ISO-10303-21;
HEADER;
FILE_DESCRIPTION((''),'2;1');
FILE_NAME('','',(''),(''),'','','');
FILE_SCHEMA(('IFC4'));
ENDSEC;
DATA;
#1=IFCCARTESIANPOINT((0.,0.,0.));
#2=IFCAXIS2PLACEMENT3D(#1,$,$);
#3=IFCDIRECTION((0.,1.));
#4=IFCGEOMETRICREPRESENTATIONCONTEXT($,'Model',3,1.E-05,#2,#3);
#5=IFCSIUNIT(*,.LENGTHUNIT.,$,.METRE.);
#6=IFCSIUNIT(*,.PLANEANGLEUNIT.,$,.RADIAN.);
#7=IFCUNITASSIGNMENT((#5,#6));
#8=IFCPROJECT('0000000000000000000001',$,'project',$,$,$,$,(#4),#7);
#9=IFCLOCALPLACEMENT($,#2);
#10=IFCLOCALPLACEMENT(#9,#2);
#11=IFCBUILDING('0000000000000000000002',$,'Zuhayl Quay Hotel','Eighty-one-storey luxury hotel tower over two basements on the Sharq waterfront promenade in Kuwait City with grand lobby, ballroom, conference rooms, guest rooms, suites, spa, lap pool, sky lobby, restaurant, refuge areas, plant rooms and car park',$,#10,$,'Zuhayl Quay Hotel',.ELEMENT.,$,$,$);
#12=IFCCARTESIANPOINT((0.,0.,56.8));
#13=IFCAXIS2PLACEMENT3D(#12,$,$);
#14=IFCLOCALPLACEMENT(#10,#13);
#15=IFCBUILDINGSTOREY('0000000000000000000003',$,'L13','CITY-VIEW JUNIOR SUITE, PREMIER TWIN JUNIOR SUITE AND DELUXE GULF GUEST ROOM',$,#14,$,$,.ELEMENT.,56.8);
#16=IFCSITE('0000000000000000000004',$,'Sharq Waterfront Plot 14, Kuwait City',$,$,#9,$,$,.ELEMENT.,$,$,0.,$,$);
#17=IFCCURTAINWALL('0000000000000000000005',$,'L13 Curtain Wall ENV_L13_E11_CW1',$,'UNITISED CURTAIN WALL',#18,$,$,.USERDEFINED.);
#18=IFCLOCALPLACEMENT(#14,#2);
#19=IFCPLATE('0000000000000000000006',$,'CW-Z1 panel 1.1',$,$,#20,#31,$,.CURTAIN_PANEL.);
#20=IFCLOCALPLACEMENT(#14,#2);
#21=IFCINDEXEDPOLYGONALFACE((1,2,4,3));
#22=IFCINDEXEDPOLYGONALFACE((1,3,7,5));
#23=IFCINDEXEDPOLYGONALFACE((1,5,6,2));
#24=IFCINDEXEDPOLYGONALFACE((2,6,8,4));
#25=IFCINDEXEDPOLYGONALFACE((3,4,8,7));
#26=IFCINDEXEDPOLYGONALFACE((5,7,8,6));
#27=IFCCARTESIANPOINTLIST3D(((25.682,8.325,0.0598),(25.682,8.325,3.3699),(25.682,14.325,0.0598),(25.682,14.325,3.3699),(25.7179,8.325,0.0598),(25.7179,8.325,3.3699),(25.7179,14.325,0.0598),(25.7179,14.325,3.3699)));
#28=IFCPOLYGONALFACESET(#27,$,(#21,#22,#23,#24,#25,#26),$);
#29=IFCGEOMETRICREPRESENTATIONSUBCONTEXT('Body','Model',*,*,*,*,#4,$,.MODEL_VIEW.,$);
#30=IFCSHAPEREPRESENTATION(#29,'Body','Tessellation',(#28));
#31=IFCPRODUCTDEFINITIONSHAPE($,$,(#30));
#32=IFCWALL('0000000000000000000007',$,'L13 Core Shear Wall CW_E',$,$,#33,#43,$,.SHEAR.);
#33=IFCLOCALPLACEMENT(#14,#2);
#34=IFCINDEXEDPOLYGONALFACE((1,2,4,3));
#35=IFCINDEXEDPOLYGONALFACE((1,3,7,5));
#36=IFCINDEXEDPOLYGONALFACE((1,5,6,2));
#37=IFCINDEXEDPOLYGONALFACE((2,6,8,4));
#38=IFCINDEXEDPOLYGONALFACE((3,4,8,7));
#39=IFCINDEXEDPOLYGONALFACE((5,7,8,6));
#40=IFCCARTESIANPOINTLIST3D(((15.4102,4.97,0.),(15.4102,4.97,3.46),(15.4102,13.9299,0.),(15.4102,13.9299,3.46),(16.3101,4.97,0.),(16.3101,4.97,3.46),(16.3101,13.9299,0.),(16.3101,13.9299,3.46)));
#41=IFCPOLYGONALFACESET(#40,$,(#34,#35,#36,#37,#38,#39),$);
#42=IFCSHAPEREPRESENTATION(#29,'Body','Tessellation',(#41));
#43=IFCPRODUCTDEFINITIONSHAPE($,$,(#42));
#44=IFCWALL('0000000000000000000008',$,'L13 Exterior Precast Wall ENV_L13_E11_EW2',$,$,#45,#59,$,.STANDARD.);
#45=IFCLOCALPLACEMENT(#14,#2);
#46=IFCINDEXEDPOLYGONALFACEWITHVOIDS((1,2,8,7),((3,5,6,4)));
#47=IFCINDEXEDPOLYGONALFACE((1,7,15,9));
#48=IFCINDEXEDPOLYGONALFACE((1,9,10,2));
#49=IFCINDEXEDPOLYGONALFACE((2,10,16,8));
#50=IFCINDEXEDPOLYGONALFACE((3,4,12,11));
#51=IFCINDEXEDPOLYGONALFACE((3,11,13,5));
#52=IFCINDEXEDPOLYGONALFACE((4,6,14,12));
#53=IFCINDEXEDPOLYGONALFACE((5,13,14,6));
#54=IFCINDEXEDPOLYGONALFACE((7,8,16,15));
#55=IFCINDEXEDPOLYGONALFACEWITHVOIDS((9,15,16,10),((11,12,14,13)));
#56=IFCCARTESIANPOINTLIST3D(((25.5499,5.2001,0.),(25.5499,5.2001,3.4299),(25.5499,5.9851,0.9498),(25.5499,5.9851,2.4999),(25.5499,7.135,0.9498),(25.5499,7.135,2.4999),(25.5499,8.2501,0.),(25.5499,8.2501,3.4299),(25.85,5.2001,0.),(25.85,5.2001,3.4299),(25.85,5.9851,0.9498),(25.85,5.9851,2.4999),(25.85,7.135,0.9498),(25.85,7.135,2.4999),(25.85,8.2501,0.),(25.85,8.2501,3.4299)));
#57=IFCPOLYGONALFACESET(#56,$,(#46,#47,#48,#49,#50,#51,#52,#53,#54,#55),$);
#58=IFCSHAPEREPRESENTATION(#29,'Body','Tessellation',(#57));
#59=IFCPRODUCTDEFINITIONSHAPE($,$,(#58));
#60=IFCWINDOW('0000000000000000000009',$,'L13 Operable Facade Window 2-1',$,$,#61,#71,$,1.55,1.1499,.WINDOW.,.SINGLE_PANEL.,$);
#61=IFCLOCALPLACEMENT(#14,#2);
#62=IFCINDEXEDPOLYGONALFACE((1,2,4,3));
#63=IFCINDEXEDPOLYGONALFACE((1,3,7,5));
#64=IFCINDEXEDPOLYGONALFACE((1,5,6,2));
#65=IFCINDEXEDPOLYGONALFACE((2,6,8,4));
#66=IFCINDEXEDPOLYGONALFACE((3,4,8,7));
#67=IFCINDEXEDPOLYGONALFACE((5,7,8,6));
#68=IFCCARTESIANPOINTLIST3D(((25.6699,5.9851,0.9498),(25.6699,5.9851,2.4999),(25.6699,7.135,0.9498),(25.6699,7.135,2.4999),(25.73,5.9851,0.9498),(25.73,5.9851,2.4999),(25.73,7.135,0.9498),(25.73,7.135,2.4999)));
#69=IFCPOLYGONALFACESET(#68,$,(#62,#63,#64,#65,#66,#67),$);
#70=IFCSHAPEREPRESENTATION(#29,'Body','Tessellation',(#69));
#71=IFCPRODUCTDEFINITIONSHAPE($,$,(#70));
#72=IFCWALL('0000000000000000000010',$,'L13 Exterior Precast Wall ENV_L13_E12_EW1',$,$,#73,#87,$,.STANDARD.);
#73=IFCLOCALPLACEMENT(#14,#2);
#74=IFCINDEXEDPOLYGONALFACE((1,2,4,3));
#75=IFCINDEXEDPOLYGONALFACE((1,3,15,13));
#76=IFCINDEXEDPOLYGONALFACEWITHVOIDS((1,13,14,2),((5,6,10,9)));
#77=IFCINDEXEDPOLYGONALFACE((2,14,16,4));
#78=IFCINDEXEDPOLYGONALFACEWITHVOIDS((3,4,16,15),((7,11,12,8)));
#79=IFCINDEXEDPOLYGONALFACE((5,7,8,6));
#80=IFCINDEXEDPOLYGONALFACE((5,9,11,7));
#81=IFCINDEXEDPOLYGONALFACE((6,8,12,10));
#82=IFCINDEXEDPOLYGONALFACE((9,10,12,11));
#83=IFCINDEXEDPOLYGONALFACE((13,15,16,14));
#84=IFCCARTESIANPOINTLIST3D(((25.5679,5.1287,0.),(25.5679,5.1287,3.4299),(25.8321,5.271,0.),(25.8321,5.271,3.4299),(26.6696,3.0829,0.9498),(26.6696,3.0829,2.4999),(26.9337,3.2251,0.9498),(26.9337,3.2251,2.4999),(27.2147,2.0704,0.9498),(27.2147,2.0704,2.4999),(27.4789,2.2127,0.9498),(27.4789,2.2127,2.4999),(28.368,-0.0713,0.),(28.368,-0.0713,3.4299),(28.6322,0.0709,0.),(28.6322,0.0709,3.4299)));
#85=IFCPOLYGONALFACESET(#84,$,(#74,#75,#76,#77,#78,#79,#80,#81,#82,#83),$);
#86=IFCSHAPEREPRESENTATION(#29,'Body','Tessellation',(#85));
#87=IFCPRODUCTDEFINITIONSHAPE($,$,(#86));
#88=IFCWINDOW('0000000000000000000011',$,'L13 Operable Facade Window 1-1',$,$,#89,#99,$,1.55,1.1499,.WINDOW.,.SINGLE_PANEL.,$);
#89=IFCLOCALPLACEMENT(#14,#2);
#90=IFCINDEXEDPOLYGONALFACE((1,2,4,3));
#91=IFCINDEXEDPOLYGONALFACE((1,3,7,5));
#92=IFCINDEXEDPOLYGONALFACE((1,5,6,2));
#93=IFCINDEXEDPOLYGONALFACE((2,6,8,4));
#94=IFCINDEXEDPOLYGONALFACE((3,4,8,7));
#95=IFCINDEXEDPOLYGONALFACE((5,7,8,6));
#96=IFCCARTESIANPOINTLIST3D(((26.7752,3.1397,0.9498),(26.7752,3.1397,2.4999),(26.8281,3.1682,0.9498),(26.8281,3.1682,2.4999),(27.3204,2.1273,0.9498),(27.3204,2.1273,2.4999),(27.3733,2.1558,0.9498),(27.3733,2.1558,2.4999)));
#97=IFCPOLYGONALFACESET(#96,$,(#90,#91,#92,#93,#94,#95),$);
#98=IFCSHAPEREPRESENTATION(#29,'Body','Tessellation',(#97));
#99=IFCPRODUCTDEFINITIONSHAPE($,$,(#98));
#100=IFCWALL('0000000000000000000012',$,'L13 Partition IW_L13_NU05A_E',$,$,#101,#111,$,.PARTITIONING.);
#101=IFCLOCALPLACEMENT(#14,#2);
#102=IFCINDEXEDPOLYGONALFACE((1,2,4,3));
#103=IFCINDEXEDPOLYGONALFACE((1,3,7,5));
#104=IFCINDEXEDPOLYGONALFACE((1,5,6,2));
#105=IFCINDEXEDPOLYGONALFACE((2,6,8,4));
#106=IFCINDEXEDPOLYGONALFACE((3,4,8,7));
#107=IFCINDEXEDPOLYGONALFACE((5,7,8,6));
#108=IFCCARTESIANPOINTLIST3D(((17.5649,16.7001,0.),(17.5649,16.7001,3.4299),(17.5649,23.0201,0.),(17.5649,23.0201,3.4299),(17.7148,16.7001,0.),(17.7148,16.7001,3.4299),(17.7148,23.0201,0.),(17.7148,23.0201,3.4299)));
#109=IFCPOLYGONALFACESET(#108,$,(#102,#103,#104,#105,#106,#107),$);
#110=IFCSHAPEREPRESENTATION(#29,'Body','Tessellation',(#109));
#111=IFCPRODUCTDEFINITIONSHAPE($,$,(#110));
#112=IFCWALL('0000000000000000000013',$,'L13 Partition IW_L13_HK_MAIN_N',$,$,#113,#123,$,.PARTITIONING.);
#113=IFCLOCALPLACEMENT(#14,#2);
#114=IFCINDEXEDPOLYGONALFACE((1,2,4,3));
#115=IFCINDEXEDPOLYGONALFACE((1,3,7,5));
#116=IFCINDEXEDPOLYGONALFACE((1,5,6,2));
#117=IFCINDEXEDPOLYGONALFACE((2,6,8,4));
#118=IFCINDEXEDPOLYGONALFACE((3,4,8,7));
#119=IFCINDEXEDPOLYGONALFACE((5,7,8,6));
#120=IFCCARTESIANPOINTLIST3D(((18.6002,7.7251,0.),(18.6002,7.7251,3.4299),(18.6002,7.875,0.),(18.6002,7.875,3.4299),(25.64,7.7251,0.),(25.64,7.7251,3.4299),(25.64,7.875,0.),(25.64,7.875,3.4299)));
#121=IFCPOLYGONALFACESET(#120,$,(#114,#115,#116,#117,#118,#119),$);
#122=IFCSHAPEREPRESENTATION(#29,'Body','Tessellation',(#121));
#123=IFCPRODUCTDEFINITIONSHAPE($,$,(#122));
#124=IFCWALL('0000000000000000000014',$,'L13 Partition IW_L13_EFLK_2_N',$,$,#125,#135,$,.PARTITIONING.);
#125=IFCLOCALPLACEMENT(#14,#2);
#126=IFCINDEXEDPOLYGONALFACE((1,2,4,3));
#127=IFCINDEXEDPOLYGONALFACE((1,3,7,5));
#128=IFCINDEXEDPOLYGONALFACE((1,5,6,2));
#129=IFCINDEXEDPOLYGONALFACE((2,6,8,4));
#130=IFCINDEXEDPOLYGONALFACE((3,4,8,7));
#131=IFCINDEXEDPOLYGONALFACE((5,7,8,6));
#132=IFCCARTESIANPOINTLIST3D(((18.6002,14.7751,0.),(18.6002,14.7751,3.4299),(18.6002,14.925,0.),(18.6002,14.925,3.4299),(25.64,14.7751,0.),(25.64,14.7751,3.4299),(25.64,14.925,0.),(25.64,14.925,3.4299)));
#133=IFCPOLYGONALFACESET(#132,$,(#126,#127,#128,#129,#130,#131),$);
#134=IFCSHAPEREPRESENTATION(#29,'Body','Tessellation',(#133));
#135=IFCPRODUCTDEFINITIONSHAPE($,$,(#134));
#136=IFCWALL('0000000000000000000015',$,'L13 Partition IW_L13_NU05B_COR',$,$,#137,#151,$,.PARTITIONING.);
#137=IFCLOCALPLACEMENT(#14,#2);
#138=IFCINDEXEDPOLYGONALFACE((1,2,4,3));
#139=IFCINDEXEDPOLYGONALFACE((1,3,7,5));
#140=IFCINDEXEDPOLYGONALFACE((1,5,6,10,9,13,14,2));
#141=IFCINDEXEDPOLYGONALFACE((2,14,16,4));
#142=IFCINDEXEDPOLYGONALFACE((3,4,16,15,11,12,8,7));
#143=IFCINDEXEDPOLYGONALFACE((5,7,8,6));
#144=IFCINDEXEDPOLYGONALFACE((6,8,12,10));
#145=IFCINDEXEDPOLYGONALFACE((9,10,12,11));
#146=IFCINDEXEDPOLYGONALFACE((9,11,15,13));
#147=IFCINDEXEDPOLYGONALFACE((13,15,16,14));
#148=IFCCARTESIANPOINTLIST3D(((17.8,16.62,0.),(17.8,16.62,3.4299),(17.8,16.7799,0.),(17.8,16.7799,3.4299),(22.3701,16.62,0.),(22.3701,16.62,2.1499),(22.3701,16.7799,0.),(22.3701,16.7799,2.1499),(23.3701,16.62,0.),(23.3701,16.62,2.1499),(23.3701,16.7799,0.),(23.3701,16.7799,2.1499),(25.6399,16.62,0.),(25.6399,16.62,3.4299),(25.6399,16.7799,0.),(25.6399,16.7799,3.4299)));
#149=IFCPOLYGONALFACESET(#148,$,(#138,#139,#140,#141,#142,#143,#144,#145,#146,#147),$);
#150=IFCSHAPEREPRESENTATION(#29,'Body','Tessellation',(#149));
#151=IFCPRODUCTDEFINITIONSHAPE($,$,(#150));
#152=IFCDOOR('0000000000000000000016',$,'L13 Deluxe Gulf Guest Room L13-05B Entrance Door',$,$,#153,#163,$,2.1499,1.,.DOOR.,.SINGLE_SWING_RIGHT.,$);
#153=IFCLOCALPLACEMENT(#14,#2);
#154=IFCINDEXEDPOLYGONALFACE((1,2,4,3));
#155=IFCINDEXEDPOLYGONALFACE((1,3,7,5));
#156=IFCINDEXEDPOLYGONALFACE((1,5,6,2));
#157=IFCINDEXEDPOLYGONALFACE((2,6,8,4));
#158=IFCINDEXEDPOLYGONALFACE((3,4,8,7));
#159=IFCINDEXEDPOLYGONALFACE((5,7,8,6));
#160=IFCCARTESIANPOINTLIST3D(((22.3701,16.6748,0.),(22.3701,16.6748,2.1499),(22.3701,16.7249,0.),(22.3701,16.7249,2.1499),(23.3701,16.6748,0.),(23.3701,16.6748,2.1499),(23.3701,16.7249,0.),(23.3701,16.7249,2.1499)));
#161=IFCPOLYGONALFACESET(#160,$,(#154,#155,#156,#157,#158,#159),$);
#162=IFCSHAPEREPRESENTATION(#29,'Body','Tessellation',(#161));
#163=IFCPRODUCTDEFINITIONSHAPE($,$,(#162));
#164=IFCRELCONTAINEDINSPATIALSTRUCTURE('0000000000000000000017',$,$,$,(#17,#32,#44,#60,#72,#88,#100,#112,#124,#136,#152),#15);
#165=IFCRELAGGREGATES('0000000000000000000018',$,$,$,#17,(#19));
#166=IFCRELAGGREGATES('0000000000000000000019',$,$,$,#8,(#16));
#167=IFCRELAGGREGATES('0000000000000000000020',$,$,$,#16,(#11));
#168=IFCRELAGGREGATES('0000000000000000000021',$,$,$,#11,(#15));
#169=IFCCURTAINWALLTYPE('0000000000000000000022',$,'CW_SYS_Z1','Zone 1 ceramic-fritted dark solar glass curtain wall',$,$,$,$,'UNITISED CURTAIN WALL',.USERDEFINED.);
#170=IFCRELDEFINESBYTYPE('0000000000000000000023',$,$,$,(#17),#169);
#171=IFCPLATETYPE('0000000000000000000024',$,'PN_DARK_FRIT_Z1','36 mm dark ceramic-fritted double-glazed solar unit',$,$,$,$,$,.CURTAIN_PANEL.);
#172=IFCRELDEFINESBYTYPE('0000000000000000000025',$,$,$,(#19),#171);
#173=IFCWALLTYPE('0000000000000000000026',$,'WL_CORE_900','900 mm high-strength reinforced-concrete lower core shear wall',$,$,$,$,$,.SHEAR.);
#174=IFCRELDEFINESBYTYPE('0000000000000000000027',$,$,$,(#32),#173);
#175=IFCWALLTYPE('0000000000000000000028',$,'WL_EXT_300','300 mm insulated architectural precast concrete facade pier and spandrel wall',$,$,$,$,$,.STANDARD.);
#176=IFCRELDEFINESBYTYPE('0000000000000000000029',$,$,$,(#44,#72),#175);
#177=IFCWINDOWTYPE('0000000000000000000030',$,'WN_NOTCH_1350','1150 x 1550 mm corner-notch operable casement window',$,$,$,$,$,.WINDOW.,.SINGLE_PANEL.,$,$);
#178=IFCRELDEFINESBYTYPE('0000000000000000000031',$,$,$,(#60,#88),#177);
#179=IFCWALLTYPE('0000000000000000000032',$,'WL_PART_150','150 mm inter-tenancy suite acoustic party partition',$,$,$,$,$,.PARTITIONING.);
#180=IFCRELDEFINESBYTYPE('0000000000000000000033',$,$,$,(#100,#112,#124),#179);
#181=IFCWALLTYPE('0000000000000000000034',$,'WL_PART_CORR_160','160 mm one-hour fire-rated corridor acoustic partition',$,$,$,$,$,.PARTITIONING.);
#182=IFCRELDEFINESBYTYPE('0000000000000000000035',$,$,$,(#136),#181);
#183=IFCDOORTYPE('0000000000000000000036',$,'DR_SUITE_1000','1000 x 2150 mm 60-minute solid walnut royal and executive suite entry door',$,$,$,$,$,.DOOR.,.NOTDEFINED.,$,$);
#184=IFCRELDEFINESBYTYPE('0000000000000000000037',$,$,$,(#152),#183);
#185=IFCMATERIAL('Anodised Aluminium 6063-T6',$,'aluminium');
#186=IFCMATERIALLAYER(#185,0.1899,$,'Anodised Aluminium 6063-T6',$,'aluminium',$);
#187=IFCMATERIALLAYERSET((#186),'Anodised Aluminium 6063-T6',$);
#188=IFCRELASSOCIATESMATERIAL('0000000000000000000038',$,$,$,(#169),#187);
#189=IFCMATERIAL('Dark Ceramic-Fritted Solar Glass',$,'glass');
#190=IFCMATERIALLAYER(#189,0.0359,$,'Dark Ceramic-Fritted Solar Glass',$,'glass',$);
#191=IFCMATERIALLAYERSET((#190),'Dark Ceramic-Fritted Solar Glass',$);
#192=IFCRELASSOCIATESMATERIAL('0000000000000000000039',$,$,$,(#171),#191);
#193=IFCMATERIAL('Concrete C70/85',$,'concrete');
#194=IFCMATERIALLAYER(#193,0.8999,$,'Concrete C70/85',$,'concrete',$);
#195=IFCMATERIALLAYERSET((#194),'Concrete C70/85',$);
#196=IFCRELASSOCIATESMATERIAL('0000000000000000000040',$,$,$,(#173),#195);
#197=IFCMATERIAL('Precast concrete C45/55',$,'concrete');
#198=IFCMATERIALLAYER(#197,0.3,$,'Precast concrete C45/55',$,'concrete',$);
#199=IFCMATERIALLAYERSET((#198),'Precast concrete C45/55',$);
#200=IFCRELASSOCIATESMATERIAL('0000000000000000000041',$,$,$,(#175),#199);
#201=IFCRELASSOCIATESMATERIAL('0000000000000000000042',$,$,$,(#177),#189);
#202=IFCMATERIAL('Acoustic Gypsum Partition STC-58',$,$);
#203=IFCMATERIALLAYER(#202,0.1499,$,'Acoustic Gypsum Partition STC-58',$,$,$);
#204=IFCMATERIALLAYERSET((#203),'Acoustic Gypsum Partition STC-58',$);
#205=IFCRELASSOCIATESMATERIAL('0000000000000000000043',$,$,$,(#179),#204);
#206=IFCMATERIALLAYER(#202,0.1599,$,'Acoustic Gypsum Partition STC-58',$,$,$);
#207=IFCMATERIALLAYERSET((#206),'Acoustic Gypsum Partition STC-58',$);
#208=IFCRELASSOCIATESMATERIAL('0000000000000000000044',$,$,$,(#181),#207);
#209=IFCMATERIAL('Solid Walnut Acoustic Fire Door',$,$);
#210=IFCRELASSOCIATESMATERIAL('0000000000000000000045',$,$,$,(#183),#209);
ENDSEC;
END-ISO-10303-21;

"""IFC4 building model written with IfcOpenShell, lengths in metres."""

from ifc_helpers import new_model, si_unit, direction, frame, frame_2d, origin, origin_2d, place, context, subcontext, project, spatial, rectangle, extrude, material, layer, layer_set, type_object, element, fill, aggregate, save


model = new_model("IFC4")

# Units and contexts
model_context = context("Model", 3, precision=1e-05, world=origin(), true_north=direction((0.0, 1.0)))
body_context = subcontext(model_context, "Body", "Model", "MODEL_VIEW")
ifc_project = project(units=[si_unit("LENGTHUNIT", "METRE"), si_unit("PLANEANGLEUNIT", "RADIAN")], contexts=[model_context])

# Site, building, storey
site_placement = place(None, origin())
site = spatial("IfcSite", under=ifc_project, at=site_placement, Name="Sharq Waterfront Plot 14, Kuwait City", CompositionType="ELEMENT", RefElevation=0.0)
building_placement = place(site_placement, origin())
building = spatial("IfcBuilding", under=site, at=building_placement, Name="Zuhayl Quay Hotel", Description="Eighty-one-storey luxury hotel tower over two basements on the Sharq waterfront promenade in Kuwait City with grand lobby, ballroom, conference rooms, guest rooms, suites, spa, lap pool, sky lobby, restaurant, refuge areas, plant rooms and car park", LongName="Zuhayl Quay Hotel", CompositionType="ELEMENT")
storey_placement = place(building_placement, frame((0.0, 0.0, 56.8)))
storey = spatial("IfcBuildingStorey", under=building, at=storey_placement, Name="L13", Description="CITY-VIEW JUNIOR SUITE, PREMIER TWIN JUNIOR SUITE AND DELUXE GULF GUEST ROOM", CompositionType="ELEMENT", Elevation=56.8)

# Shared definitions
ifc_material_1 = material(Name="Concrete C70/85", Category="concrete")

# Curtain wall, plate
ifc_material_2 = material(Name="Anodised Aluminium 6063-T6", Category="aluminium")
ifc_layer_1 = layer(ifc_material_2, 0.1899, Name="Anodised Aluminium 6063-T6", Category="aluminium")
ifc_layer_set_1 = layer_set([ifc_layer_1], Name="Anodised Aluminium 6063-T6")
curtain_wall_type = type_object("IfcCurtainWallType", Name="CW_SYS_Z1", Description="Zone 1 ceramic-fritted dark solar glass curtain wall", ElementType="UNITISED CURTAIN WALL", PredefinedType="USERDEFINED", material=ifc_layer_set_1)
curtain_wall_placement = place(storey_placement, origin())
curtain_wall = element("IfcCurtainWall", 1, at=curtain_wall_placement, inside=storey, type_object=curtain_wall_type, Name="L13 Curtain Wall ENV_L13_E11_CW1", ObjectType="UNITISED CURTAIN WALL", PredefinedType="USERDEFINED")
ifc_material_3 = material(Name="Dark Ceramic-Fritted Solar Glass", Category="glass")
ifc_layer_2 = layer(ifc_material_3, 0.0359, Name="Dark Ceramic-Fritted Solar Glass", Category="glass")
ifc_layer_set_2 = layer_set([ifc_layer_2], Name="Dark Ceramic-Fritted Solar Glass")
plate_type = type_object("IfcPlateType", Name="PN_DARK_FRIT_Z1", Description="36 mm dark ceramic-fritted double-glazed solar unit", PredefinedType="CURTAIN_PANEL", material=ifc_layer_set_2)
plate_placement = place(storey_placement, frame((25.7, 11.325, 0.0598), z_axis=(0.0, 0.0, 1.0), x_axis=(0.0, -1.0, 0.0)))
plate = element("IfcPlate", 2, at=plate_placement, type_object=plate_type, Name="CW-Z1 panel 1.1", PredefinedType="CURTAIN_PANEL", context=body_context, shape_type="SweptSolid", body=[
    extrude(rectangle(XDim=6.0, YDim=0.0359, at=origin_2d()), origin(), (0.0, 0.0, 1.0), 3.3101),
])
aggregate(curtain_wall, [plate])

# Wall
ifc_layer_3 = layer(ifc_material_1, 0.8999, Name="Concrete C70/85", Category="concrete")
ifc_layer_set_3 = layer_set([ifc_layer_3], Name="Concrete C70/85")
wall_type_1 = type_object("IfcWallType", Name="WL_CORE_900", Description="900 mm high-strength reinforced-concrete lower core shear wall", PredefinedType="SHEAR", material=ifc_layer_set_3)
wall_1_placement = place(storey_placement, frame((15.8601, 4.97, 0.0), z_axis=(0.0, 0.0, 1.0), x_axis=(0.0, 1.0, 0.0)))
element("IfcWall", 3, at=wall_1_placement, inside=storey, type_object=wall_type_1, Name="L13 Core Shear Wall CW_E", PredefinedType="SHEAR", context=body_context, shape_type="SweptSolid", body=[
    extrude(rectangle(XDim=8.96, YDim=0.8999, at=frame_2d((4.48, 0.0))), origin(), (0.0, 0.0, 1.0), 3.46),
])

# Walls, openings, windows
ifc_material_4 = material(Name="Precast concrete C45/55", Category="concrete")
ifc_layer_4 = layer(ifc_material_4, 0.3, Name="Precast concrete C45/55", Category="concrete")
ifc_layer_set_4 = layer_set([ifc_layer_4], Name="Precast concrete C45/55")
wall_type_2 = type_object("IfcWallType", Name="WL_EXT_300", Description="300 mm insulated architectural precast concrete facade pier and spandrel wall", PredefinedType="STANDARD", material=ifc_layer_set_4)
wall_2_placement = place(storey_placement, frame((25.7, 8.25, 0.0), z_axis=(0.0, 0.0, 1.0), x_axis=(0.0, -1.0, 0.0)))
wall_2 = element("IfcWall", 4, at=wall_2_placement, inside=storey, type_object=wall_type_2, Name="L13 Exterior Precast Wall ENV_L13_E11_EW2", PredefinedType="STANDARD", context=body_context, shape_type="SweptSolid", body=[
    extrude(rectangle(XDim=3.05, YDim=0.3, at=frame_2d((1.5249, 0.0))), origin(), (0.0, 0.0, 1.0), 3.4299),
])
opening_1_placement = place(wall_2_placement, frame((1.115, 0.0, 0.95)))
opening_1 = element("IfcOpeningElement", 5, at=opening_1_placement, cuts=wall_2, PredefinedType="OPENING", context=body_context, shape_type="SweptSolid", body=[
    extrude(rectangle(XDim=1.1499, YDim=1.55, at=frame_2d((0.575, 0.7749))), frame((0.0, 0.1599, 0.0), z_axis=(0.0, -1.0, 0.0), x_axis=(1.0, 0.0, 0.0)), (0.0, 0.0, 1.0), 0.3201),
])
window_type = type_object("IfcWindowType", Name="WN_NOTCH_1350", Description="1150 x 1550 mm corner-notch operable casement window", PartitioningType="SINGLE_PANEL", PredefinedType="WINDOW", material=ifc_material_3)
window_1_placement = place(opening_1_placement, origin())
window_1 = element("IfcWindow", 6, at=window_1_placement, inside=storey, type_object=window_type, Name="L13 Operable Facade Window 2-1", OverallHeight=1.55, OverallWidth=1.1499, PartitioningType="SINGLE_PANEL", PredefinedType="WINDOW", context=body_context, shape_type="SweptSolid", body=[
    extrude(rectangle(XDim=1.1499, YDim=1.55, at=frame_2d((0.575, 0.7749))), frame((0.0, 0.03, 0.0), z_axis=(0.0, -1.0, 0.0), x_axis=(1.0, 0.0, 0.0)), (0.0, 0.0, 1.0), 0.0601),
])
fill(opening_1, window_1)
wall_3_placement = place(storey_placement, frame((25.7, 5.2, 0.0), z_axis=(0.0, 0.0, 1.0), x_axis=(0.47411, -0.880466, 0.0)))
wall_3 = element("IfcWall", 7, at=wall_3_placement, inside=storey, type_object=wall_type_2, Name="L13 Exterior Precast Wall ENV_L13_E12_EW1", PredefinedType="STANDARD", context=body_context, shape_type="SweptSolid", body=[
    extrude(rectangle(XDim=5.906, YDim=0.3, at=frame_2d((2.9531, 0.0))), origin(), (0.0, 0.0, 1.0), 3.4299),
])
opening_2_placement = place(wall_3_placement, frame((2.3237, 0.0, 0.95)))
opening_2 = element("IfcOpeningElement", 8, at=opening_2_placement, cuts=wall_3, PredefinedType="OPENING", context=body_context, shape_type="SweptSolid", body=[
    extrude(rectangle(XDim=1.1499, YDim=1.55, at=frame_2d((0.575, 0.7749))), frame((0.0, 0.1599, 0.0), z_axis=(0.0, -1.0, 0.0), x_axis=(1.0, 0.0, 0.0)), (0.0, 0.0, 1.0), 0.3201),
])
window_2_placement = place(opening_2_placement, origin())
window_2 = element("IfcWindow", 9, at=window_2_placement, inside=storey, type_object=window_type, Name="L13 Operable Facade Window 1-1", OverallHeight=1.55, OverallWidth=1.1499, PartitioningType="SINGLE_PANEL", PredefinedType="WINDOW", context=body_context, shape_type="SweptSolid", body=[
    extrude(rectangle(XDim=1.1499, YDim=1.55, at=frame_2d((0.575, 0.7749))), frame((0.0, 0.03, 0.0), z_axis=(0.0, -1.0, 0.0), x_axis=(1.0, 0.0, 0.0)), (0.0, 0.0, 1.0), 0.0601),
])
fill(opening_2, window_2)

# Walls
ifc_material_5 = material(Name="Acoustic Gypsum Partition STC-58")
ifc_layer_5 = layer(ifc_material_5, 0.1499, Name="Acoustic Gypsum Partition STC-58")
ifc_layer_set_5 = layer_set([ifc_layer_5], Name="Acoustic Gypsum Partition STC-58")
wall_type_3 = type_object("IfcWallType", Name="WL_PART_150", Description="150 mm inter-tenancy suite acoustic party partition", PredefinedType="PARTITIONING", material=ifc_layer_set_5)
wall_4_placement = place(storey_placement, frame((17.6399, 16.7, 0.0), z_axis=(0.0, 0.0, 1.0), x_axis=(0.0, 1.0, 0.0)))
element("IfcWall", 10, at=wall_4_placement, inside=storey, type_object=wall_type_3, Name="L13 Partition IW_L13_NU05A_E", PredefinedType="PARTITIONING", context=body_context, shape_type="SweptSolid", body=[
    extrude(rectangle(XDim=6.3201, YDim=0.1499, at=frame_2d((3.1602, 0.0))), origin(), (0.0, 0.0, 1.0), 3.4299),
])
for number, where, z_axis, x_axis, name in (
    (11, (18.6001, 7.8, 0.0), (0.0, 0.0, 1.0), (1.0, 0.0, 0.0), "L13 Partition IW_L13_HK_MAIN_N"),
    (12, (18.6001, 14.8501, 0.0), (0.0, 0.0, 1.0), (1.0, 0.0, 0.0), "L13 Partition IW_L13_EFLK_2_N"),
):
    element("IfcWall", number, at=place(storey_placement, frame(where, z_axis=z_axis, x_axis=x_axis)), inside=storey, type_object=wall_type_3, Name=name, PredefinedType="PARTITIONING", context=body_context, shape_type="SweptSolid", body=[
        extrude(rectangle(XDim=7.0398, YDim=0.1499, at=frame_2d((3.52, 0.0))), origin(), (0.0, 0.0, 1.0), 3.4299),
    ])

# Wall, opening, door
ifc_layer_6 = layer(ifc_material_5, 0.1599, Name="Acoustic Gypsum Partition STC-58")
ifc_layer_set_6 = layer_set([ifc_layer_6], Name="Acoustic Gypsum Partition STC-58")
wall_type_4 = type_object("IfcWallType", Name="WL_PART_CORR_160", Description="160 mm one-hour fire-rated corridor acoustic partition", PredefinedType="PARTITIONING", material=ifc_layer_set_6)
wall_5_placement = place(storey_placement, frame((17.8, 16.7, 0.0), z_axis=(0.0, 0.0, 1.0), x_axis=(1.0, 0.0, 0.0)))
wall_5 = element("IfcWall", 13, at=wall_5_placement, inside=storey, type_object=wall_type_4, Name="L13 Partition IW_L13_NU05B_COR", PredefinedType="PARTITIONING", context=body_context, shape_type="SweptSolid", body=[
    extrude(rectangle(XDim=7.8398, YDim=0.1599, at=frame_2d((3.9199, 0.0))), origin(), (0.0, 0.0, 1.0), 3.4299),
])
opening_3_placement = place(wall_5_placement, frame((4.5701, 0.0, 0.0)))
opening_3 = element("IfcOpeningElement", 14, at=opening_3_placement, cuts=wall_5, PredefinedType="OPENING", context=body_context, shape_type="SweptSolid", body=[
    extrude(rectangle(XDim=1.0, YDim=2.1499, at=frame_2d((0.5, 1.075))), frame((0.0, 0.0898, 0.0), z_axis=(0.0, -1.0, 0.0), x_axis=(1.0, 0.0, 0.0)), (0.0, 0.0, 1.0), 0.1799),
])
ifc_material_6 = material(Name="Solid Walnut Acoustic Fire Door")
door_type_1 = type_object("IfcDoorType", Name="DR_SUITE_1000", Description="1000 x 2150 mm 60-minute solid walnut royal and executive suite entry door", OperationType="NOTDEFINED", PredefinedType="DOOR", material=ifc_material_6)
door_1_placement = place(opening_3_placement, origin())
door_1 = element("IfcDoor", 15, at=door_1_placement, inside=storey, type_object=door_type_1, Name="L13 Deluxe Gulf Guest Room L13-05B Entrance Door", OperationType="SINGLE_SWING_RIGHT", OverallHeight=2.1499, OverallWidth=1.0, PredefinedType="DOOR", context=body_context, shape_type="SweptSolid", body=[
    extrude(rectangle(XDim=1.0, YDim=2.1499, at=frame_2d((0.5, 1.075))), frame((0.0, 0.0249, 0.0), z_axis=(0.0, -1.0, 0.0), x_axis=(1.0, 0.0, 0.0)), (0.0, 0.0, 1.0), 0.05),
])
fill(opening_3, door_1)

save(model, "model.ifc")
